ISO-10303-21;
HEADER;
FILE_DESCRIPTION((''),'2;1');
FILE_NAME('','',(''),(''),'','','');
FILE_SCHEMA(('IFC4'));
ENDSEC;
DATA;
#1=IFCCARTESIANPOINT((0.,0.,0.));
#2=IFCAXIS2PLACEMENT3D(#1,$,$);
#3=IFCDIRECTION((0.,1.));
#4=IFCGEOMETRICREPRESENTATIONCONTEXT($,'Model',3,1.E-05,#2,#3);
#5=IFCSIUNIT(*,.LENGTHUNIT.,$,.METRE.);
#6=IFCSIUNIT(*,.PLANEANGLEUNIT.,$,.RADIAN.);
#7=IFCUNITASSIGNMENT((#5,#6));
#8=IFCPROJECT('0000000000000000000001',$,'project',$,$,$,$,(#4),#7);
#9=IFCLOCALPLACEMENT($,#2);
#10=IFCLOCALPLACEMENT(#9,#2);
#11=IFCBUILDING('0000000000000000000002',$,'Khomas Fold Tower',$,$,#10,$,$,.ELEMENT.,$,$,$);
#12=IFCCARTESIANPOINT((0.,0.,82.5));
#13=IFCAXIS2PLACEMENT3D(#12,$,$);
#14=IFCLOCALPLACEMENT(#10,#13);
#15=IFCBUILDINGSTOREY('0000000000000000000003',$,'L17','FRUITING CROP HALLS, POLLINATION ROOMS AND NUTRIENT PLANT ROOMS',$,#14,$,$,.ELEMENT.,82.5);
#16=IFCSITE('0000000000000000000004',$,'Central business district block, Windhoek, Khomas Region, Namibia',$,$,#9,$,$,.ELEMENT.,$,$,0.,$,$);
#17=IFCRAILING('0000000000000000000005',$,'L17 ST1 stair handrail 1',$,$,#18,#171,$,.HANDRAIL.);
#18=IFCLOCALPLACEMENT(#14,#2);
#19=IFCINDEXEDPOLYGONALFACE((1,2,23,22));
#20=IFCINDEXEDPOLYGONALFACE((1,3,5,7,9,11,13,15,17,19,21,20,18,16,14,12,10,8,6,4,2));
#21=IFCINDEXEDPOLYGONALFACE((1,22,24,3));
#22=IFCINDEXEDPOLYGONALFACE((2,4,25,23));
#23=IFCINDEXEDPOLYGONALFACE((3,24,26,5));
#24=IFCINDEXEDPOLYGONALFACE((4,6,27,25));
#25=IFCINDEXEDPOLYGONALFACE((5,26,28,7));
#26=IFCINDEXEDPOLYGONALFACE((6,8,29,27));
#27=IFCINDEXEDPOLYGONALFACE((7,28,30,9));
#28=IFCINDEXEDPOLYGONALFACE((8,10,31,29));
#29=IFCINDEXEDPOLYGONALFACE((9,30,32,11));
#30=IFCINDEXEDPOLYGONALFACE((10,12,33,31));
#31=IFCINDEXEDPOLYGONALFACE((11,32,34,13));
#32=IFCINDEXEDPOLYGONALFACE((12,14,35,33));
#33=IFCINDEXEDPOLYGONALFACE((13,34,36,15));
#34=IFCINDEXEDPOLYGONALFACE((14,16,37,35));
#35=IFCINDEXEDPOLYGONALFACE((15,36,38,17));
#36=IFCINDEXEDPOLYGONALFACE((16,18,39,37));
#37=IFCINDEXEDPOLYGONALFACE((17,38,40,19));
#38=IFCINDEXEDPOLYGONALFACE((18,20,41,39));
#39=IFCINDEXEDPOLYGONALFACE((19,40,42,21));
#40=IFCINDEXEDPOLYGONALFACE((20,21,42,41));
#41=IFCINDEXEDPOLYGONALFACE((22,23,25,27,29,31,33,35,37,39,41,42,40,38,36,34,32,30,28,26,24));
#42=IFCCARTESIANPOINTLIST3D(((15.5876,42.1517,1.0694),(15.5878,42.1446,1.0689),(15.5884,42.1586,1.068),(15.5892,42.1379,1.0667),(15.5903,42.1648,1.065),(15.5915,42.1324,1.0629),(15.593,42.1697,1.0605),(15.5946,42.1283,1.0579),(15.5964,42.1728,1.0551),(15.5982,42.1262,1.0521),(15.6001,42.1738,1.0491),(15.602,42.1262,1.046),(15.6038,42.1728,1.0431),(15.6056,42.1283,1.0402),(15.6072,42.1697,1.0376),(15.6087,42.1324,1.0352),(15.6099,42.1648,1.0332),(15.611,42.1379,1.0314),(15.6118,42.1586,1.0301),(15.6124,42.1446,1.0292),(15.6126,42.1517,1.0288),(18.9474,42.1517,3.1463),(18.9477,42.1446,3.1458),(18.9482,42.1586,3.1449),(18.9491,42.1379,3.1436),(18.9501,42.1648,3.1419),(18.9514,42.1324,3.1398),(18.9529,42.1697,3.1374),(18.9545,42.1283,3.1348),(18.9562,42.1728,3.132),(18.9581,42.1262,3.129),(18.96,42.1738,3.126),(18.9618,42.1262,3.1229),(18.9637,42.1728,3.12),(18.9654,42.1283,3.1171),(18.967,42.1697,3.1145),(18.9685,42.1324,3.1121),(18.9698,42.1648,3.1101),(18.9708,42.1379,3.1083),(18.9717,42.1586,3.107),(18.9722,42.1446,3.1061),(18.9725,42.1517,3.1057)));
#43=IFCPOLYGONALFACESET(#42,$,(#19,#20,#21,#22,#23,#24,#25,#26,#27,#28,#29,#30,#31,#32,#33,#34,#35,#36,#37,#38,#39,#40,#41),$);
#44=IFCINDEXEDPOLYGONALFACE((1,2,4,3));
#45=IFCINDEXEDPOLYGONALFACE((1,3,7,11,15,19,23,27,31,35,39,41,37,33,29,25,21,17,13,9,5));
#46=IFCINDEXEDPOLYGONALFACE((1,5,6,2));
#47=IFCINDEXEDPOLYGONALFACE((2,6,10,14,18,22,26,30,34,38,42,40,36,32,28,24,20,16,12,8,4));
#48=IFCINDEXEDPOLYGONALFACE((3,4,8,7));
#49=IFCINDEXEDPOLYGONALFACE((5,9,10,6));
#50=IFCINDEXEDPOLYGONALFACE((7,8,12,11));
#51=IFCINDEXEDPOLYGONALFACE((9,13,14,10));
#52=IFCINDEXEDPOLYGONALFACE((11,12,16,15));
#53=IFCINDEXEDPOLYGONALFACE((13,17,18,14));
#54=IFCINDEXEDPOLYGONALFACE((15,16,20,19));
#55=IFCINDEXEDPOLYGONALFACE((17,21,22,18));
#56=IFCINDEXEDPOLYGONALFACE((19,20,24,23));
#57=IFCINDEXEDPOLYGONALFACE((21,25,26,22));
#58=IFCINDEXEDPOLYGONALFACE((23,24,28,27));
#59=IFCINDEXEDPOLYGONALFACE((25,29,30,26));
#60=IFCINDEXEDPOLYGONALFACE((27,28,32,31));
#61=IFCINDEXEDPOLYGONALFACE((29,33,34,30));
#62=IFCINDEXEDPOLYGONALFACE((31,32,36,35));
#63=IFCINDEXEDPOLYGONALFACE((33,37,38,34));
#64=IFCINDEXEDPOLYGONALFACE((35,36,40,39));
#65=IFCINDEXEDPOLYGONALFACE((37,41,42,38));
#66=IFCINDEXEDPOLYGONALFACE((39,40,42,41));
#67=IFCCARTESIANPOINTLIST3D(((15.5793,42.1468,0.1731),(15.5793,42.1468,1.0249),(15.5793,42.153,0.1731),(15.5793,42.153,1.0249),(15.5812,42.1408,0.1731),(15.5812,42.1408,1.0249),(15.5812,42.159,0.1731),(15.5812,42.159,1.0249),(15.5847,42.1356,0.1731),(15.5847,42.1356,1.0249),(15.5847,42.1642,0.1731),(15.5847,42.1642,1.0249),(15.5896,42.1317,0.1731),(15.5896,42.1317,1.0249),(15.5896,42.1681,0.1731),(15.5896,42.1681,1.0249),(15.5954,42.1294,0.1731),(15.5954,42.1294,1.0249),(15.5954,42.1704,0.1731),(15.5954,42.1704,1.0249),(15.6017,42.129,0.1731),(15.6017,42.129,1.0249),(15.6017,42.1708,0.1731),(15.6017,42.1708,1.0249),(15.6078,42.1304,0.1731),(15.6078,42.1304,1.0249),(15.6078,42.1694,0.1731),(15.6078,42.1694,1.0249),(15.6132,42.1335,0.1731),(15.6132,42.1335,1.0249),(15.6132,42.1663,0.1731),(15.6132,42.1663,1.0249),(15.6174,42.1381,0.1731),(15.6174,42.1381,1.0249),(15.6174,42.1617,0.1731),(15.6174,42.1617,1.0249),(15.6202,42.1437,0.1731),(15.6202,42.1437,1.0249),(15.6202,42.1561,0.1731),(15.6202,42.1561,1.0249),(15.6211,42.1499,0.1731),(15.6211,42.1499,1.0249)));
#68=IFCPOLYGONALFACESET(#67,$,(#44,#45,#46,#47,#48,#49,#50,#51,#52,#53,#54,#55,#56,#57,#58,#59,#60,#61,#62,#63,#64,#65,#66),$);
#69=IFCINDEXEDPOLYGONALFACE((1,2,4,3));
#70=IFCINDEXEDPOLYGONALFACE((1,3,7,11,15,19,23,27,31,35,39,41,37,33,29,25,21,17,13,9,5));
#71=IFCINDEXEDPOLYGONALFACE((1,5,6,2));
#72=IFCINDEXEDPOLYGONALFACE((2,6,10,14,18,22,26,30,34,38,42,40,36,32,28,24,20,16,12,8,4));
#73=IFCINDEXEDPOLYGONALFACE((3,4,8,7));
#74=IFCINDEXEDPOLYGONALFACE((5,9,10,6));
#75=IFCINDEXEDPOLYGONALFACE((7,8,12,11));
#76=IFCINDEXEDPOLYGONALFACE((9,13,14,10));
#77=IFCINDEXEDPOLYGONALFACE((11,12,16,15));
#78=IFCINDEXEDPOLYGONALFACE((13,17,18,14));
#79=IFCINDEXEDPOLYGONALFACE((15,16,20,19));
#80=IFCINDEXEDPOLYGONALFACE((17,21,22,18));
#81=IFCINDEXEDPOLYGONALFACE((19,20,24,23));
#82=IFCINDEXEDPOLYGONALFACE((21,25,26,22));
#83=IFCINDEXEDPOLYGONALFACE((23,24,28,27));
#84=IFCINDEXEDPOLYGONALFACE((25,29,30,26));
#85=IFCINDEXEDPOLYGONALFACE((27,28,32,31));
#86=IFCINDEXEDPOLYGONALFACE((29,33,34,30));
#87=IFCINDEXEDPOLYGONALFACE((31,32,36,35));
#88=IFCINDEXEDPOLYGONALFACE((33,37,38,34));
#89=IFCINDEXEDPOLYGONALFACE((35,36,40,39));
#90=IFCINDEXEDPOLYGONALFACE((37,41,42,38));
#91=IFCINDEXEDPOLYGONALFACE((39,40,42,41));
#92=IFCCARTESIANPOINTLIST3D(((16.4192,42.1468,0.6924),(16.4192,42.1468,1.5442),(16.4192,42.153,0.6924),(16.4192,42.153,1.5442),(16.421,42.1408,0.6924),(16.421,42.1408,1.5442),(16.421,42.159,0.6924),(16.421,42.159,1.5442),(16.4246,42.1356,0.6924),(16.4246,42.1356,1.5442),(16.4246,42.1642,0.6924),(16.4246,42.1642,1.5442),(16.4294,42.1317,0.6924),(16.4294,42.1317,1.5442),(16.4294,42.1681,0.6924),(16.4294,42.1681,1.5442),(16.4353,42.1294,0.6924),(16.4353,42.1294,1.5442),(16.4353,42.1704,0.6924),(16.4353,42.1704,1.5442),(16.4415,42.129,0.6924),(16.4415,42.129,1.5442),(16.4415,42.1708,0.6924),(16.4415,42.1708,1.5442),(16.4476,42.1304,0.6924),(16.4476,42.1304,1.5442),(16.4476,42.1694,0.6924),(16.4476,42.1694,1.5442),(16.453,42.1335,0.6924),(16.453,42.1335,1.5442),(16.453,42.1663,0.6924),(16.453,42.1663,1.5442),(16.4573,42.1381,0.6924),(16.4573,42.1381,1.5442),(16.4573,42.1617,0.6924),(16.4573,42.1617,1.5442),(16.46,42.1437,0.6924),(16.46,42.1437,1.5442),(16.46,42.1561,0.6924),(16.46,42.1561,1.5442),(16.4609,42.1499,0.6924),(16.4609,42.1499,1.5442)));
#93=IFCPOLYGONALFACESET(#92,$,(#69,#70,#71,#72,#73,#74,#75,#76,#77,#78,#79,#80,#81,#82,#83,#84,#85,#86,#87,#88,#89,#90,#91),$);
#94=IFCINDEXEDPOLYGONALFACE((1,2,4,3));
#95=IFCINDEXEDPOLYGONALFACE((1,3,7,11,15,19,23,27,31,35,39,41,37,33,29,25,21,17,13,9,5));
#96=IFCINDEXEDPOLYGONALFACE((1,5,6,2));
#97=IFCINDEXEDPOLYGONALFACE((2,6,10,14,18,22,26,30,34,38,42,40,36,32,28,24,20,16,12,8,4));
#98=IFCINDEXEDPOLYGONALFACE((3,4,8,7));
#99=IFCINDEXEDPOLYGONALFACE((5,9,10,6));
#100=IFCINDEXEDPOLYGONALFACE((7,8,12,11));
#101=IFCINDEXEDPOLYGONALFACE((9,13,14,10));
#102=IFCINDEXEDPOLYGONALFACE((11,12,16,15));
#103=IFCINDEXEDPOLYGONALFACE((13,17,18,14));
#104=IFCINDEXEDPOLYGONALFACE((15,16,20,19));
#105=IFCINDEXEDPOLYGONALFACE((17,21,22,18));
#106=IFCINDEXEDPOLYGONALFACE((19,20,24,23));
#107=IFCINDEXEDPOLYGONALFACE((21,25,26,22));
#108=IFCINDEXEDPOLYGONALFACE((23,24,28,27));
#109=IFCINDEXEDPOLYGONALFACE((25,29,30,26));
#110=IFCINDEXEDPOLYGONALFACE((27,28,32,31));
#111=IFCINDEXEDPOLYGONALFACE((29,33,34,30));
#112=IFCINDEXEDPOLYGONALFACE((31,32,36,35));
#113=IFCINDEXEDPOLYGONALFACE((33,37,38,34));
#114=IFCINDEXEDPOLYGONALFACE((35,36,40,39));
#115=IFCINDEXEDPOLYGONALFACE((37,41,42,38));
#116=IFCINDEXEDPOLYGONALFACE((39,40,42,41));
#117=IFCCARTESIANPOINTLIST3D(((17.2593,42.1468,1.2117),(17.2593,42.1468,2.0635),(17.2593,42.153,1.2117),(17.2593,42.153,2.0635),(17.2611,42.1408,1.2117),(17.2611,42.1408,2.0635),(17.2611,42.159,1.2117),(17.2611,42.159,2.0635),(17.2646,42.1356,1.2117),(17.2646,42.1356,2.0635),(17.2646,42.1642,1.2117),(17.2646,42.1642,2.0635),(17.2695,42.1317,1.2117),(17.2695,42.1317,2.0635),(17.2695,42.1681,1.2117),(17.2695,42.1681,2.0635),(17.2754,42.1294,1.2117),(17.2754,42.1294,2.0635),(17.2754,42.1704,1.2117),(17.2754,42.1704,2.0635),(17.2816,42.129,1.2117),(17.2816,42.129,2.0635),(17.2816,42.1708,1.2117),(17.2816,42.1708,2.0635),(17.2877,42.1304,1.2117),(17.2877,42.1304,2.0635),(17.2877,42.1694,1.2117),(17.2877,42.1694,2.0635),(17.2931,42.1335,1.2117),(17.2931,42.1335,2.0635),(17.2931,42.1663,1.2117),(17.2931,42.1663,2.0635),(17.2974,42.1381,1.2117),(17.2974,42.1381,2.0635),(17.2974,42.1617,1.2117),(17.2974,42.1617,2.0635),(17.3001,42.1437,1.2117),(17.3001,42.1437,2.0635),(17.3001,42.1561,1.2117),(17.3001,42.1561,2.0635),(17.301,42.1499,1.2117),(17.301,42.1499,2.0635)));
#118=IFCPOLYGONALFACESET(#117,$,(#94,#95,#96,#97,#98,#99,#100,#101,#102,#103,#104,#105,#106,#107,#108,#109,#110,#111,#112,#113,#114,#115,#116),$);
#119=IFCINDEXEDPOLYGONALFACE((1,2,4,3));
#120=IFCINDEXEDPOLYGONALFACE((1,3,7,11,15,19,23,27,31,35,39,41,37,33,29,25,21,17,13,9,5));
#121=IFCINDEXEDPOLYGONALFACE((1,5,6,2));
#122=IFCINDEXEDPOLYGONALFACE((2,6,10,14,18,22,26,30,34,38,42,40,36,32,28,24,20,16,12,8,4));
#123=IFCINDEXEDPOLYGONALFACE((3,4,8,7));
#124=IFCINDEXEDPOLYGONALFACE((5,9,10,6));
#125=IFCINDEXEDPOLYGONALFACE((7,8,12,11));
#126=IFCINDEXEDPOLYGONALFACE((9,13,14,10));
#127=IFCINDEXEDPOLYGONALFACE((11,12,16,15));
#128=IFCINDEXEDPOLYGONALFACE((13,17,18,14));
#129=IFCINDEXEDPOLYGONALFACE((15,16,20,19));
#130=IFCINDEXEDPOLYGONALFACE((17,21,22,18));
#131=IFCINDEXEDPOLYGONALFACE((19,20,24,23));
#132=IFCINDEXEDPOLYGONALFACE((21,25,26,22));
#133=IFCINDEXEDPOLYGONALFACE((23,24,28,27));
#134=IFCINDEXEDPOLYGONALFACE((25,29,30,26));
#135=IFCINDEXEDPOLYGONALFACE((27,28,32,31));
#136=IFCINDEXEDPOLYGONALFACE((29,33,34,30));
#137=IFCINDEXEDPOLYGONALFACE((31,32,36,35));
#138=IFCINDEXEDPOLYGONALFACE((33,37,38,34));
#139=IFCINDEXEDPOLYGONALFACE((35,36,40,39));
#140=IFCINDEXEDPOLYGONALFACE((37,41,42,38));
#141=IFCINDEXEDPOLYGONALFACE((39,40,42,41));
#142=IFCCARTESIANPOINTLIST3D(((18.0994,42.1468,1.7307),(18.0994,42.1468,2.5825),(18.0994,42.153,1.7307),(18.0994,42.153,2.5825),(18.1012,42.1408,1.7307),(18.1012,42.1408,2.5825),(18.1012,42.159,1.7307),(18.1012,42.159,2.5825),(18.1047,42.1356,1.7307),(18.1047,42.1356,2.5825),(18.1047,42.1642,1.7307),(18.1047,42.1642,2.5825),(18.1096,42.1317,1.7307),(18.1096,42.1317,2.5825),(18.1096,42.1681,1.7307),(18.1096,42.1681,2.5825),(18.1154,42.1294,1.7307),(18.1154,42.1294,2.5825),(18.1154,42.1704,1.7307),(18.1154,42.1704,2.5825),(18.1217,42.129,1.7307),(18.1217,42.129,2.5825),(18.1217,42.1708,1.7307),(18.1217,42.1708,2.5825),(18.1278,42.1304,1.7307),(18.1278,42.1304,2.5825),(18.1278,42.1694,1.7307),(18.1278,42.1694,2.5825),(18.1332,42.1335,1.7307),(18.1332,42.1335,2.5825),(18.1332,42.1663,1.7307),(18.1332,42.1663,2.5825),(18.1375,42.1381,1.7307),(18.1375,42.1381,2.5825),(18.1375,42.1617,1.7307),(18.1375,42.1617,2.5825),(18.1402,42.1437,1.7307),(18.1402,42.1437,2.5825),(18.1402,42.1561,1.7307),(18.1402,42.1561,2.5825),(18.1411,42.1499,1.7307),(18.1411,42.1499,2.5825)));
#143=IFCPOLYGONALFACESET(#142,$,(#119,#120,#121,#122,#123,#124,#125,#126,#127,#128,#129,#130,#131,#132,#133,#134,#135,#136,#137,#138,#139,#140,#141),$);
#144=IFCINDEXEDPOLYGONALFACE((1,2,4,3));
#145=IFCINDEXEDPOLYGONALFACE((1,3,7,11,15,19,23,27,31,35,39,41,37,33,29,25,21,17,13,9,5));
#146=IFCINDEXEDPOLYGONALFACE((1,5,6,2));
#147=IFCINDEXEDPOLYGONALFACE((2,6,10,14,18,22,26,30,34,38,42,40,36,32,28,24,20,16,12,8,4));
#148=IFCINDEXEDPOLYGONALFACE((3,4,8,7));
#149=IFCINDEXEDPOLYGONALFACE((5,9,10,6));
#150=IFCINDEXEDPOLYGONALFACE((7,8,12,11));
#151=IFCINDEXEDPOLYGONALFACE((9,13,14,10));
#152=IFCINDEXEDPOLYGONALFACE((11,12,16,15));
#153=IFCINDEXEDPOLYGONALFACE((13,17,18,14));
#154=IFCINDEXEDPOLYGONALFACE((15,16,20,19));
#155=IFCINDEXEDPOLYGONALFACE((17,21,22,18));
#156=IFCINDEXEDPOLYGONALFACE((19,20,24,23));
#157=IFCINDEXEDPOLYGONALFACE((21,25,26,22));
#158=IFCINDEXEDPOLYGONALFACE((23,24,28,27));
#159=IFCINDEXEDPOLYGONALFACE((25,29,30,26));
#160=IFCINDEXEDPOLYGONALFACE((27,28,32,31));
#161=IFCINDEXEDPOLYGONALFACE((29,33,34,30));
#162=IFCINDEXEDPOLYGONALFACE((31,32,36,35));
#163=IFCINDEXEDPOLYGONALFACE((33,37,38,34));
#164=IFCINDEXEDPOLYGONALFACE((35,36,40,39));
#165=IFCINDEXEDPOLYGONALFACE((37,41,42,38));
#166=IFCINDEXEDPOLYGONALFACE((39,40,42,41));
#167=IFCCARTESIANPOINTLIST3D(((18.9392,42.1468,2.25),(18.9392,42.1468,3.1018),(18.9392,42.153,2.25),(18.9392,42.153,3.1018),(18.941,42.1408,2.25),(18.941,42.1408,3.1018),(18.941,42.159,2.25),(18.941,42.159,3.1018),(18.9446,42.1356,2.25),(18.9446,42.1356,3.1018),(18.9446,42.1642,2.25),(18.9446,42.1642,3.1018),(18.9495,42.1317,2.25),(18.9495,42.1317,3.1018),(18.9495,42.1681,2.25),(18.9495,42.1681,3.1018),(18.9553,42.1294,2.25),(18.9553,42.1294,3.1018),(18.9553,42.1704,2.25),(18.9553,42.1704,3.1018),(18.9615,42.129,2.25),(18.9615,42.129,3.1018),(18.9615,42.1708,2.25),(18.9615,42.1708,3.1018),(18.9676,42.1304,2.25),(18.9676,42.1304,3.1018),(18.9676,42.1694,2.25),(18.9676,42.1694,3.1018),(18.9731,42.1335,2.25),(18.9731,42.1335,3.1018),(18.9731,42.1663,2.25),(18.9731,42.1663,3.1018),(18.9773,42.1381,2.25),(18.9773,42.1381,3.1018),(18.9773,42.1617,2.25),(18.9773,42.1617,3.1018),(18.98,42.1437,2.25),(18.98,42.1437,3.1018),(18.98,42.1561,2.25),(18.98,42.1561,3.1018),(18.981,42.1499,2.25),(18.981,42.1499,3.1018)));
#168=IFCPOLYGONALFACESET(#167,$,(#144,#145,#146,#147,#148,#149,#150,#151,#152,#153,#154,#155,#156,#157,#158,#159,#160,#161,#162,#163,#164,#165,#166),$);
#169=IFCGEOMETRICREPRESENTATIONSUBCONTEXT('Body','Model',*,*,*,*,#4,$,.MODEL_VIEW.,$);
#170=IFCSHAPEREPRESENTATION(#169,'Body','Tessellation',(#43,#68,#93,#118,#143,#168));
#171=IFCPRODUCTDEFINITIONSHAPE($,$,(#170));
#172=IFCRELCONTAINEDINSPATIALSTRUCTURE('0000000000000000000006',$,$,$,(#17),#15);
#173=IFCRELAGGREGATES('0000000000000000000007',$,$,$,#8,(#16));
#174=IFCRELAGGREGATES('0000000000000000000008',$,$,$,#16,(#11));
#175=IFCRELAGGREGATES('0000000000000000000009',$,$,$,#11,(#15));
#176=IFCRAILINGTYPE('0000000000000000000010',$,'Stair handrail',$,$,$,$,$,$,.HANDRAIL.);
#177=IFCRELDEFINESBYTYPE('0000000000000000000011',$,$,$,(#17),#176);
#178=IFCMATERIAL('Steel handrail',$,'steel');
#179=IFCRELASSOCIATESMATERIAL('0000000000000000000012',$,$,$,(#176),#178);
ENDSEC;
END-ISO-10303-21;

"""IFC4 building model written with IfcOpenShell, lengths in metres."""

from ifc_helpers import new_model, si_unit, direction, frame, origin, origin_2d, place, context, subcontext, project, spatial, circle, extrude, source, transform, mapped, material, type_object, element, save


model = new_model("IFC4")

# Units and contexts
model_context = context("Model", 3, precision=1e-05, world=origin(), true_north=direction((0.0, 1.0)))
body_context = subcontext(model_context, "Body", "Model", "MODEL_VIEW")
ifc_project = project(units=[si_unit("LENGTHUNIT", "METRE"), si_unit("PLANEANGLEUNIT", "RADIAN")], contexts=[model_context])

# Site, building, storey
site_placement = place(None, origin())
site = spatial("IfcSite", under=ifc_project, at=site_placement, Name="Central business district block, Windhoek, Khomas Region, Namibia", CompositionType="ELEMENT", RefElevation=0.0)
building_placement = place(site_placement, origin())
building = spatial("IfcBuilding", under=site, at=building_placement, Name="Khomas Fold Tower", CompositionType="ELEMENT")
storey_placement = place(building_placement, frame((0.0, 0.0, 82.5)))
storey = spatial("IfcBuildingStorey", under=building, at=storey_placement, Name="L17", Description="FRUITING CROP HALLS, POLLINATION ROOMS AND NUTRIENT PLANT ROOMS", CompositionType="ELEMENT", Elevation=82.5)

# Railing
ifc_material_1 = material(Name="Steel handrail", Category="steel")
railing_type_1 = type_object("IfcRailingType", Name="Stair handrail", PredefinedType="HANDRAIL", material=ifc_material_1)
shared_shape_1 = source(origin(), body_context, "Body", "SweptSolid", [
    extrude(circle(Radius=0.0239, at=origin_2d()), frame((0.0, 0.0, 0.876), z_axis=(0.850606, 0.0, 0.525803), x_axis=(0.0, 1.0, 0.0)), (0.0, 0.0, 1.0), 3.95),
    extrude(circle(Radius=0.021, at=origin_2d()), origin(), (0.0, 0.0, 1.0), 0.8518),
    extrude(circle(Radius=0.021, at=origin_2d()), frame((0.8398, 0.0, 0.5193)), (0.0, 0.0, 1.0), 0.8518),
    extrude(circle(Radius=0.021, at=origin_2d()), frame((1.6799, 0.0, 1.0386)), (0.0, 0.0, 1.0), 0.8518),
    extrude(circle(Radius=0.021, at=origin_2d()), frame((2.52, 0.0, 1.5576)), (0.0, 0.0, 1.0), 0.8518),
    extrude(circle(Radius=0.021, at=origin_2d()), frame((3.3599, 0.0, 2.0769)), (0.0, 0.0, 1.0), 0.8518),
])
railing_1_placement = place(storey_placement, frame((15.6001, 42.1499, 0.1731)))
element("IfcRailing", 1, at=railing_1_placement, inside=storey, type_object=railing_type_1, Name="L17 ST1 stair handrail 1", PredefinedType="HANDRAIL", context=body_context, shape_type="MappedRepresentation", body=[
    mapped(shared_shape_1, transform((0.0, 0.0, 0.0))),
])

save(model, "model.ifc")
